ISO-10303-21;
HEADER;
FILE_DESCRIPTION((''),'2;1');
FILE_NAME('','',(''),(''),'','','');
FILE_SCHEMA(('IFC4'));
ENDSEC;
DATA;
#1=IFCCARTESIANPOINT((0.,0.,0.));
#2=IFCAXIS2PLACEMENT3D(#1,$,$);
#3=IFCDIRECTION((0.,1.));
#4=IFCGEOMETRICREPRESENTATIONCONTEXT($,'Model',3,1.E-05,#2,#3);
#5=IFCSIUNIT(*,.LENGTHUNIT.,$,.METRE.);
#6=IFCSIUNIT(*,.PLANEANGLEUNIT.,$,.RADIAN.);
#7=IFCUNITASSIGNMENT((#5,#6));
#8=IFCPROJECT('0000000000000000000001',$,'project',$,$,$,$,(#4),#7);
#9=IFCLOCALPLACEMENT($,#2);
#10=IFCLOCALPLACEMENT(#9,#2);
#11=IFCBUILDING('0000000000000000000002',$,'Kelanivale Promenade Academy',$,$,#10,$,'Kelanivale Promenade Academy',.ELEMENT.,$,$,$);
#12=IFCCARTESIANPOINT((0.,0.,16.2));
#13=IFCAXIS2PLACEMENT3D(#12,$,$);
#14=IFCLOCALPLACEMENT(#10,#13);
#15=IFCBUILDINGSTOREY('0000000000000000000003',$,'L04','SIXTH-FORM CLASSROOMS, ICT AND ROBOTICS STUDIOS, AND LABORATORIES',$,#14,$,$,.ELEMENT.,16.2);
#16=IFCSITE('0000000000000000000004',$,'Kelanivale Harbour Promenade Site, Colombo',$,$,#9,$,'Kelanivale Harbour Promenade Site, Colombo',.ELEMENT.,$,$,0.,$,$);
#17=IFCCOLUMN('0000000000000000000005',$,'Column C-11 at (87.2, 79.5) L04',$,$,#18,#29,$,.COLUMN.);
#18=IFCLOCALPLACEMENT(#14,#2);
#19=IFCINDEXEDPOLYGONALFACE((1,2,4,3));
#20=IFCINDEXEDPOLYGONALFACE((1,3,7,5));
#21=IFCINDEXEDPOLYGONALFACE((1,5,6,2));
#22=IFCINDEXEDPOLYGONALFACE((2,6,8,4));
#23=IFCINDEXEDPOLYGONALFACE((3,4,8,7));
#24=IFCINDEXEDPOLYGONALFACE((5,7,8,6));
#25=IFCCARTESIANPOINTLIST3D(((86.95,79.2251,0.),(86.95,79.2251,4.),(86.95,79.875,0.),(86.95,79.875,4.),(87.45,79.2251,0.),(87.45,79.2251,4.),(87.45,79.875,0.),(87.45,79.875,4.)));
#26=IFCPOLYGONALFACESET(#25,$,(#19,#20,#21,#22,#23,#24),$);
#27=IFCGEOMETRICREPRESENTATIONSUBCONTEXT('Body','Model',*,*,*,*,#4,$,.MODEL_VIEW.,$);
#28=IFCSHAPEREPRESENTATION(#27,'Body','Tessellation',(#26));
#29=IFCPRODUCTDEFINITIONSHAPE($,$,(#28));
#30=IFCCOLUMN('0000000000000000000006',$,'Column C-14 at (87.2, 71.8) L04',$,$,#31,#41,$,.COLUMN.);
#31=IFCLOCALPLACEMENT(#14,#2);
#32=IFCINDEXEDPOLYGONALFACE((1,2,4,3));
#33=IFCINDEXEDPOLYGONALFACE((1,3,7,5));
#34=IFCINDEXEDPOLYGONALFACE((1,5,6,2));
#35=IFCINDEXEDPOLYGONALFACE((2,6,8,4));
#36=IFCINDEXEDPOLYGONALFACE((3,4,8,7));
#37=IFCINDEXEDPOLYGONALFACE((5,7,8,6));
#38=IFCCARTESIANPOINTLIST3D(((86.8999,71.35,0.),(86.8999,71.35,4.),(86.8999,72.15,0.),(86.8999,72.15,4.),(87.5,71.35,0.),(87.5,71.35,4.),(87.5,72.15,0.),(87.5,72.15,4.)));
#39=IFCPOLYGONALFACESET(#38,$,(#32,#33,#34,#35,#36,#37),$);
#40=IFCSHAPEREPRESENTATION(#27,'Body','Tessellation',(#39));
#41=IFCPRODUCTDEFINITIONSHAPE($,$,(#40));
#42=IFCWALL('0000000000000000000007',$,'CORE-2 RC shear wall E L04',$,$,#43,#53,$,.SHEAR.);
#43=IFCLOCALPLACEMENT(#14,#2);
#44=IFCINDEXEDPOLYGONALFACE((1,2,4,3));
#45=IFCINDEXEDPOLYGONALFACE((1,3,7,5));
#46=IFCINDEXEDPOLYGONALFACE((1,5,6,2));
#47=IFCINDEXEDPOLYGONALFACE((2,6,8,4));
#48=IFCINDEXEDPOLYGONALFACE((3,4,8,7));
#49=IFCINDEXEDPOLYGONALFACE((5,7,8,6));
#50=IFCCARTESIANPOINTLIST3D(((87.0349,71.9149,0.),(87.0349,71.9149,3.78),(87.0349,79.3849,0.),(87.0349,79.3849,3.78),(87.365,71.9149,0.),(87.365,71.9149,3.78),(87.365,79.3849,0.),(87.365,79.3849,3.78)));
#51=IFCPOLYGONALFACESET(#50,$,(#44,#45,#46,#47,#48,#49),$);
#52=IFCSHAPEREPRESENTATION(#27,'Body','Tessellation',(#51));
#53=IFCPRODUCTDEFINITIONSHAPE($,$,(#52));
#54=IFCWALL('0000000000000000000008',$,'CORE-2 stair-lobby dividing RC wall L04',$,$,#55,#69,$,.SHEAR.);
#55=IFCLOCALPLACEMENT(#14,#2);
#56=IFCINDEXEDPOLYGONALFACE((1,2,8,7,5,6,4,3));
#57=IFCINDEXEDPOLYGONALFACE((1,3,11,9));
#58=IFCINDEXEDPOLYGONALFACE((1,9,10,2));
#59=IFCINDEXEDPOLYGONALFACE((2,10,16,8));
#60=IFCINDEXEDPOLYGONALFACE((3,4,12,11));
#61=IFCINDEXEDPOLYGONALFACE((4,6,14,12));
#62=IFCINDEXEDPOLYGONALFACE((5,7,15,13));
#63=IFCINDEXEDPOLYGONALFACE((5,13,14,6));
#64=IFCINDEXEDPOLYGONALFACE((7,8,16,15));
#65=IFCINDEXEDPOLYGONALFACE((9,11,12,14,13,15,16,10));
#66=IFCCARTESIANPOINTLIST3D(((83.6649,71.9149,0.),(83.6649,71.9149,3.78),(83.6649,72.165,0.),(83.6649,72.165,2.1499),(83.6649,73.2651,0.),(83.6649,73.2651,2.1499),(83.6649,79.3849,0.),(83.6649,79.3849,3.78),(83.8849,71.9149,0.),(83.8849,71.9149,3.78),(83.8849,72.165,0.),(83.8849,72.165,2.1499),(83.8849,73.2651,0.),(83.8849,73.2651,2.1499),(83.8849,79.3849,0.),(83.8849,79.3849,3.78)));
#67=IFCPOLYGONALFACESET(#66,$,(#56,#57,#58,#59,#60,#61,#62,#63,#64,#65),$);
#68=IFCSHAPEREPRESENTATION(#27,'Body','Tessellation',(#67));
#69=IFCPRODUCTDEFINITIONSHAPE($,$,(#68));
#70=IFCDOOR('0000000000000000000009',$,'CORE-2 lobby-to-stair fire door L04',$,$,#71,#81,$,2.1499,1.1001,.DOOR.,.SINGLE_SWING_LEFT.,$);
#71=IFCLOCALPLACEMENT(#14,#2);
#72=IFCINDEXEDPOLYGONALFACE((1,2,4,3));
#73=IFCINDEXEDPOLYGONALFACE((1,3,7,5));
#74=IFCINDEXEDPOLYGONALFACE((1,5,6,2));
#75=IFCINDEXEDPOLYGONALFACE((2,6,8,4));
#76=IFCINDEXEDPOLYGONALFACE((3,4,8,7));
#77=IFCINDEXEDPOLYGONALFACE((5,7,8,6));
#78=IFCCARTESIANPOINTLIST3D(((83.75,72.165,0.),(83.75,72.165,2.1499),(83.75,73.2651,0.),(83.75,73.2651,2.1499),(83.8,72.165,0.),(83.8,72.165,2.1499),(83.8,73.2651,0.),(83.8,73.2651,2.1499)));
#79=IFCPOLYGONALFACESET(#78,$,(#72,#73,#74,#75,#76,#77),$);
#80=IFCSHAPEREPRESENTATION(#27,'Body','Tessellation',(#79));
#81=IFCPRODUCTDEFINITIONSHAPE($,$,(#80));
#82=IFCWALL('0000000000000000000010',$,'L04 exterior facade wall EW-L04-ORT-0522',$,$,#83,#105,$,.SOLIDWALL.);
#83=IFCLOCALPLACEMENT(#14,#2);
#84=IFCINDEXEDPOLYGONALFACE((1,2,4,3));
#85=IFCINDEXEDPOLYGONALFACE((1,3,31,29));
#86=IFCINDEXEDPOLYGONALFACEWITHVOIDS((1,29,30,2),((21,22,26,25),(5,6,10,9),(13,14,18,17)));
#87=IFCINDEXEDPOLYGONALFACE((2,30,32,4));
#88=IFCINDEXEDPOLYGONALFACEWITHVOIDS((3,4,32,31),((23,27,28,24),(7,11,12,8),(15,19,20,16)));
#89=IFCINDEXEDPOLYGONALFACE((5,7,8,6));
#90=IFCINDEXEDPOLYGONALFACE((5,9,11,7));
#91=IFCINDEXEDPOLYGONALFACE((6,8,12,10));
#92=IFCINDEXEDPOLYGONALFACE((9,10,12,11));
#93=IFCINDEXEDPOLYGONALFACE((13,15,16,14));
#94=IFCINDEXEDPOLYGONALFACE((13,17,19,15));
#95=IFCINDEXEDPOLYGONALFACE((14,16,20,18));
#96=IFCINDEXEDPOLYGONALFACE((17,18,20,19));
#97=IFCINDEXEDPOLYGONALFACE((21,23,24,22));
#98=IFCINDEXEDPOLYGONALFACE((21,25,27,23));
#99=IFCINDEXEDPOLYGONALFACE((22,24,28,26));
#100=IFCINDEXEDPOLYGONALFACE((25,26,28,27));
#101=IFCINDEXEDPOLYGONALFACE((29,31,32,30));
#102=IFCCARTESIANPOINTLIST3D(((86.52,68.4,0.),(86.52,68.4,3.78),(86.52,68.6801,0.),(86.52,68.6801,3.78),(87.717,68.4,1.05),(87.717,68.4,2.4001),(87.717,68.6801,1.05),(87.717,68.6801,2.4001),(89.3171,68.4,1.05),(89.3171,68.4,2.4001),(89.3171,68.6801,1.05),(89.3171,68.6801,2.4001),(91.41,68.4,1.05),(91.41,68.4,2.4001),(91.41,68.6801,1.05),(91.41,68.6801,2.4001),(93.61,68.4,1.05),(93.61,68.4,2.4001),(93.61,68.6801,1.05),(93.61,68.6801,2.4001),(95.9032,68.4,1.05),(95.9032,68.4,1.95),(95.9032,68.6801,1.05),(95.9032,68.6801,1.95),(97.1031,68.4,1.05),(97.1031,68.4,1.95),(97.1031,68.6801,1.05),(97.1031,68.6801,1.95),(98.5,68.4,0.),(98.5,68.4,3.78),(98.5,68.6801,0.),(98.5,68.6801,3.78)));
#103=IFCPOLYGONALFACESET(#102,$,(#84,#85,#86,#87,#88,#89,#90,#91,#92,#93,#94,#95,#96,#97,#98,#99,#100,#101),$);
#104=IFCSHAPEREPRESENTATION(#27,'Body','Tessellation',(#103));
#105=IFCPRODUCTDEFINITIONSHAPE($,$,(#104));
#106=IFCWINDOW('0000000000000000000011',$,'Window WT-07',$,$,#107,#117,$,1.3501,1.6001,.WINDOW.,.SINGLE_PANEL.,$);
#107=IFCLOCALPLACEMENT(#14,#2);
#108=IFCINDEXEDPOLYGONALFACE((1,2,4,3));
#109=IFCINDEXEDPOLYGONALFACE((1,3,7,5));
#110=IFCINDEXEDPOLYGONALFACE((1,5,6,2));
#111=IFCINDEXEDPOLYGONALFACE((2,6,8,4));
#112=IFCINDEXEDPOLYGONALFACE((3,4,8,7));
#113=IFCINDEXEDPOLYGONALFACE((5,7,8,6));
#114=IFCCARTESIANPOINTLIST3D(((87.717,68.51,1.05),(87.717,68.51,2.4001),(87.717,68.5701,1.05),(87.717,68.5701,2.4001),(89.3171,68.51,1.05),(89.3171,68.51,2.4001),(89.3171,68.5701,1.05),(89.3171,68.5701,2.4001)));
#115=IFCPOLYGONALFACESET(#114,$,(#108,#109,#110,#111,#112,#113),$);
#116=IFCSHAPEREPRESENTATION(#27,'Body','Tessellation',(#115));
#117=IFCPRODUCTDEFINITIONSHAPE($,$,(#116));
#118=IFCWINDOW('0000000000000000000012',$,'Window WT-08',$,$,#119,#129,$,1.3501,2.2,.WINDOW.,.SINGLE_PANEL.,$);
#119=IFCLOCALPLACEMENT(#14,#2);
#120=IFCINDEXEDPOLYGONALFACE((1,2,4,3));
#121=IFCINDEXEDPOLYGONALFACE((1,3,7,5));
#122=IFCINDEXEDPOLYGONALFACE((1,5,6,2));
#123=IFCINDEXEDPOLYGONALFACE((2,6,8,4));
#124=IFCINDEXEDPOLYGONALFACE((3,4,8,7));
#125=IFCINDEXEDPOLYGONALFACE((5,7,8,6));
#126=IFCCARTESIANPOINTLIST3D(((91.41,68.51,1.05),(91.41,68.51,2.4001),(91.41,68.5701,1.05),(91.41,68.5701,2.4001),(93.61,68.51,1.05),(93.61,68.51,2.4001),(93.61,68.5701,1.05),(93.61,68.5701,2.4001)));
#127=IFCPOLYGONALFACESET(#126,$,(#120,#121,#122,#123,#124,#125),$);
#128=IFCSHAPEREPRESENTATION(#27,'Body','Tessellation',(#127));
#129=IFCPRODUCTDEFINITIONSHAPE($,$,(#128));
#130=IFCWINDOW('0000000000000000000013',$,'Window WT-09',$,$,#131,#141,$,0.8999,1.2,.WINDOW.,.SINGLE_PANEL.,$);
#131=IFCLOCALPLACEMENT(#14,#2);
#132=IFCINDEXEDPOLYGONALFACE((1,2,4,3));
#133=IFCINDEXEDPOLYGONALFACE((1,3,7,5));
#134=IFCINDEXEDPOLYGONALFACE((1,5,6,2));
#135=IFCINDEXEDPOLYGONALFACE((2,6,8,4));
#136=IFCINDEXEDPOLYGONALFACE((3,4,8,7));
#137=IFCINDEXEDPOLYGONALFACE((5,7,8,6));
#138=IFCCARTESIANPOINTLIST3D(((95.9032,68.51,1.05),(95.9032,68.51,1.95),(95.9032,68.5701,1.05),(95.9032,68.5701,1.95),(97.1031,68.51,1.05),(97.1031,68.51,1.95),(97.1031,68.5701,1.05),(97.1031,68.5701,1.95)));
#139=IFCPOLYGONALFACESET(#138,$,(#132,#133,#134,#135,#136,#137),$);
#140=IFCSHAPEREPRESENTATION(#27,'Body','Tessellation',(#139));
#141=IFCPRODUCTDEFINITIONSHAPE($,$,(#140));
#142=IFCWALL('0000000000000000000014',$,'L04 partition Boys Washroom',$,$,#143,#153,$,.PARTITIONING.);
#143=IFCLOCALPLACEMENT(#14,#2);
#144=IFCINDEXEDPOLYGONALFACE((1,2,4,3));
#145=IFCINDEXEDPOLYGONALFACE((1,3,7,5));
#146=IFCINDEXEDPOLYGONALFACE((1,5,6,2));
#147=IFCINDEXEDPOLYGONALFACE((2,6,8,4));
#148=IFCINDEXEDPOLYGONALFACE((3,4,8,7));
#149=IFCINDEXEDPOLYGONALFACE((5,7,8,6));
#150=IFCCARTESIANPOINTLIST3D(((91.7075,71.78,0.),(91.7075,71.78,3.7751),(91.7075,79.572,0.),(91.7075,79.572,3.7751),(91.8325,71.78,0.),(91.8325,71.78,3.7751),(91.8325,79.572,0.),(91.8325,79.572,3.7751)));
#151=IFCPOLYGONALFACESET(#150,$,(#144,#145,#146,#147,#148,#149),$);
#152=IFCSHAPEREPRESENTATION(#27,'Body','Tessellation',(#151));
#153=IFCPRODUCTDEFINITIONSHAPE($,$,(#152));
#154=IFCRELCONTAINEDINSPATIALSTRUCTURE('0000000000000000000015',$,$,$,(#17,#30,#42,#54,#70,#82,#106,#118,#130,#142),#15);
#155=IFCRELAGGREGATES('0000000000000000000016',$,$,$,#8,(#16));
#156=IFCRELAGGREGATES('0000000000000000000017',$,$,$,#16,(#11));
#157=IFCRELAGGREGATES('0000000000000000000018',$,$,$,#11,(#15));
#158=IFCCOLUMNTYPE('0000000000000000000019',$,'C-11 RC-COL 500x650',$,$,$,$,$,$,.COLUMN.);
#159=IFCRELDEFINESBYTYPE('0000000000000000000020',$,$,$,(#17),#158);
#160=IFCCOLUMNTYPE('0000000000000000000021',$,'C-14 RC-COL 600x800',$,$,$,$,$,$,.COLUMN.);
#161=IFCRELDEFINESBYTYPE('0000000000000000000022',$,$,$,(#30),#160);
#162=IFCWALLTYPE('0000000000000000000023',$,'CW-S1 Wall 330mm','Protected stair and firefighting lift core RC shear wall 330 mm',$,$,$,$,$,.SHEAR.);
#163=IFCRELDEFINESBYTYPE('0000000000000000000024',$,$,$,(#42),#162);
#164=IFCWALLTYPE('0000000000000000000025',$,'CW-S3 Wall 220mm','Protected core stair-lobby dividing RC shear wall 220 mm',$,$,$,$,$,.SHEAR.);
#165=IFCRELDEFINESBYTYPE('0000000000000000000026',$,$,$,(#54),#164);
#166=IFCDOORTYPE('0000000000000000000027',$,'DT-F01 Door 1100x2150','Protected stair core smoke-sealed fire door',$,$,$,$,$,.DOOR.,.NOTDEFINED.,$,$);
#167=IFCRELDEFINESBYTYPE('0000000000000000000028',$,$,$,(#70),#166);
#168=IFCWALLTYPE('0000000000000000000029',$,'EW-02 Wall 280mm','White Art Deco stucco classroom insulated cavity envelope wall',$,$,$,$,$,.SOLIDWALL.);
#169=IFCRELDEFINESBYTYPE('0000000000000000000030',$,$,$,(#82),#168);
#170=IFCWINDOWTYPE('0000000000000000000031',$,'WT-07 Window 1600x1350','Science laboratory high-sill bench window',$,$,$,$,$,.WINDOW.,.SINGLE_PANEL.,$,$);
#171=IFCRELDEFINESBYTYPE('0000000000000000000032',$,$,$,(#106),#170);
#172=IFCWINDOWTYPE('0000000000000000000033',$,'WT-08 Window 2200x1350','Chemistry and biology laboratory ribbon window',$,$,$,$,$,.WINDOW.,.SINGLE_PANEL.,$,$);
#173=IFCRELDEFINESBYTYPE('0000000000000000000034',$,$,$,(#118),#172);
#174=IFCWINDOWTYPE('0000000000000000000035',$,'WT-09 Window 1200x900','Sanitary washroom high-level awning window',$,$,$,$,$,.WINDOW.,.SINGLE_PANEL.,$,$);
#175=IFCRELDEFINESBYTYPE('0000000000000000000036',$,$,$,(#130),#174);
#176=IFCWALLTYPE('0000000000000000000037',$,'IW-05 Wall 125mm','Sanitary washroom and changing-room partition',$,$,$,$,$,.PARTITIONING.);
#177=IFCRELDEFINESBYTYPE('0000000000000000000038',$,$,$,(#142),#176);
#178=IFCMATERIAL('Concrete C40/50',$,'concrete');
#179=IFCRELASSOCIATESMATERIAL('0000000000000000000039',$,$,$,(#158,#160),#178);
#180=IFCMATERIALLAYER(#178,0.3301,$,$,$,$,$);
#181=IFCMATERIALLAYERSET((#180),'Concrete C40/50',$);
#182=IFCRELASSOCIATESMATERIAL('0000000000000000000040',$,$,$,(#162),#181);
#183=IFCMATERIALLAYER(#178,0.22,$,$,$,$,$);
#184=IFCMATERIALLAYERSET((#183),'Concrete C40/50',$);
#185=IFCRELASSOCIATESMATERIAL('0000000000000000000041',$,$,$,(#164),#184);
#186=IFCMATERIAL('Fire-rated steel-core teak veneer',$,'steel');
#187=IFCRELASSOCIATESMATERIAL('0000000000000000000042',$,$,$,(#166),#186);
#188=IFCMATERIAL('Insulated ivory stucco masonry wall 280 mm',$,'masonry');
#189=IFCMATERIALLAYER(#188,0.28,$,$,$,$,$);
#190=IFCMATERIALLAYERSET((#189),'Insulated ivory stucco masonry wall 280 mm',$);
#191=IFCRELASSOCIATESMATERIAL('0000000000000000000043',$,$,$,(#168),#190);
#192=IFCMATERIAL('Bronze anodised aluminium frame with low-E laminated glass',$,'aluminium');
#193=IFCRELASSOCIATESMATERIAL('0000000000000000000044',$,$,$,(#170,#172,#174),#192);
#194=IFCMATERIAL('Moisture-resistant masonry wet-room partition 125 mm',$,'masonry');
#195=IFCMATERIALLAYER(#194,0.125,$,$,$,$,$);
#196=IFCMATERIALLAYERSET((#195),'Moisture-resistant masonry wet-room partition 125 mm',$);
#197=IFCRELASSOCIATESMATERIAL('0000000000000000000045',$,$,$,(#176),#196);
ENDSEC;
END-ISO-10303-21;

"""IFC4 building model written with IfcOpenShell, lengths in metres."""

from ifc_helpers import new_model, si_unit, direction, frame, frame_2d, origin, origin_2d, place, context, subcontext, project, spatial, rectangle, extrude, material, layer, layer_set, material_profile, profile_set, type_object, element, fill, save


model = new_model("IFC4")

# Units and contexts
model_context = context("Model", 3, precision=1e-05, world=origin(), true_north=direction((0.0, 1.0)))
body_context = subcontext(model_context, "Body", "Model", "MODEL_VIEW")
ifc_project = project(units=[si_unit("LENGTHUNIT", "METRE"), si_unit("PLANEANGLEUNIT", "RADIAN")], contexts=[model_context])

# Site, building, storey
site_placement = place(None, origin())
site = spatial("IfcSite", under=ifc_project, at=site_placement, Name="Kelanivale Harbour Promenade Site, Colombo", LongName="Kelanivale Harbour Promenade Site, Colombo", CompositionType="ELEMENT", RefElevation=0.0)
building_placement = place(site_placement, origin())
building = spatial("IfcBuilding", under=site, at=building_placement, Name="Kelanivale Promenade Academy", LongName="Kelanivale Promenade Academy", CompositionType="ELEMENT")
storey_placement = place(building_placement, frame((0.0, 0.0, 16.2)))
storey = spatial("IfcBuildingStorey", under=building, at=storey_placement, Name="L04", Description="SIXTH-FORM CLASSROOMS, ICT AND ROBOTICS STUDIOS, AND LABORATORIES", CompositionType="ELEMENT", Elevation=16.2)

# Columns
ifc_material_1 = material(Name="Concrete C40/50", Category="concrete")
ifc_material_profile_1 = material_profile(ifc_material_1, rectangle(XDim=0.5, YDim=0.6499, at=origin_2d()), Name="RC-COL 500x650")
ifc_profile_set_1 = profile_set([ifc_material_profile_1], Name="Concrete C40/50")
column_type_1 = type_object("IfcColumnType", Name="C-11 RC-COL 500x650", PredefinedType="COLUMN", material=ifc_profile_set_1)
column_1_placement = place(storey_placement, frame((87.2, 79.55, 0.0), z_axis=(0.0, 0.0, 1.0), x_axis=(1.0, 0.0, 0.0)))
element("IfcColumn", 1, at=column_1_placement, inside=storey, type_object=column_type_1, Name="Column C-11 at (87.2, 79.5) L04", PredefinedType="COLUMN", context=body_context, shape_type="SweptSolid", body=[
    extrude(rectangle(XDim=0.5, YDim=0.6499, at=origin_2d()), origin(), (0.0, 0.0, 1.0), 4.0),
])
ifc_material_profile_2 = material_profile(ifc_material_1, rectangle(XDim=0.6001, YDim=0.8, at=origin_2d()), Name="RC-COL 600x800")
ifc_profile_set_2 = profile_set([ifc_material_profile_2], Name="Concrete C40/50")
column_type_2 = type_object("IfcColumnType", Name="C-14 RC-COL 600x800", PredefinedType="COLUMN", material=ifc_profile_set_2)
column_2_placement = place(storey_placement, frame((87.2, 71.75, 0.0), z_axis=(0.0, 0.0, 1.0), x_axis=(1.0, 0.0, 0.0)))
element("IfcColumn", 2, at=column_2_placement, inside=storey, type_object=column_type_2, Name="Column C-14 at (87.2, 71.8) L04", PredefinedType="COLUMN", context=body_context, shape_type="SweptSolid", body=[
    extrude(rectangle(XDim=0.6001, YDim=0.8, at=origin_2d()), origin(), (0.0, 0.0, 1.0), 4.0),
])

# Wall
ifc_layer_1 = layer(ifc_material_1, 0.3301)
ifc_layer_set_1 = layer_set([ifc_layer_1], Name="Concrete C40/50")
wall_type_1 = type_object("IfcWallType", Name="CW-S1 Wall 330mm", Description="Protected stair and firefighting lift core RC shear wall 330 mm", PredefinedType="SHEAR", material=ifc_layer_set_1)
wall_1_placement = place(storey_placement, frame((87.2, 71.915, 0.0), z_axis=(0.0, 0.0, 1.0), x_axis=(0.0, 1.0, 0.0)))
element("IfcWall", 3, at=wall_1_placement, inside=storey, type_object=wall_type_1, Name="CORE-2 RC shear wall E L04", PredefinedType="SHEAR", context=body_context, shape_type="SweptSolid", body=[
    extrude(rectangle(XDim=7.47, YDim=0.3301, at=frame_2d((3.7349, 0.0))), origin(), (0.0, 0.0, 1.0), 3.78),
])

# Wall, opening, door
ifc_material_2 = material(Name="Fire-rated steel-core teak veneer", Category="steel")
ifc_layer_2 = layer(ifc_material_1, 0.22)
ifc_layer_set_2 = layer_set([ifc_layer_2], Name="Concrete C40/50")
wall_type_2 = type_object("IfcWallType", Name="CW-S3 Wall 220mm", Description="Protected core stair-lobby dividing RC shear wall 220 mm", PredefinedType="SHEAR", material=ifc_layer_set_2)
wall_2_placement = place(storey_placement, frame((83.7749, 71.915, 0.0), z_axis=(0.0, 0.0, 1.0), x_axis=(0.0, 1.0, 0.0)))
wall_2 = element("IfcWall", 4, at=wall_2_placement, inside=storey, type_object=wall_type_2, Name="CORE-2 stair-lobby dividing RC wall L04", PredefinedType="SHEAR", context=body_context, shape_type="SweptSolid", body=[
    extrude(rectangle(XDim=7.47, YDim=0.22, at=frame_2d((3.7349, 0.0))), origin(), (0.0, 0.0, 1.0), 3.78),
])
opening_1_placement = place(wall_2_placement, frame((0.25, 0.0, 0.0)))
opening_1 = element("IfcOpeningElement", 5, at=opening_1_placement, cuts=wall_2, PredefinedType="OPENING", context=body_context, shape_type="SweptSolid", body=[
    extrude(rectangle(XDim=1.1001, YDim=2.1499, at=frame_2d((0.55, 1.075))), frame((0.0, 0.1201, 0.0), z_axis=(0.0, -1.0, 0.0), x_axis=(1.0, 0.0, 0.0)), (0.0, 0.0, 1.0), 0.24),
])
door_type_1 = type_object("IfcDoorType", Name="DT-F01 Door 1100x2150", Description="Protected stair core smoke-sealed fire door", OperationType="NOTDEFINED", PredefinedType="DOOR", material=ifc_material_2)
door_1_placement = place(opening_1_placement, origin())
door_1 = element("IfcDoor", 6, at=door_1_placement, inside=storey, type_object=door_type_1, Name="CORE-2 lobby-to-stair fire door L04", OperationType="SINGLE_SWING_LEFT", OverallHeight=2.1499, OverallWidth=1.1001, PredefinedType="DOOR", context=body_context, shape_type="SweptSolid", body=[
    extrude(rectangle(XDim=1.1001, YDim=2.1499, at=frame_2d((0.55, 1.075))), frame((0.0, 0.0249, 0.0), z_axis=(0.0, -1.0, 0.0), x_axis=(1.0, 0.0, 0.0)), (0.0, 0.0, 1.0), 0.05),
])
fill(opening_1, door_1)

# Wall, openings, windows
ifc_material_3 = material(Name="Insulated ivory stucco masonry wall 280 mm", Category="masonry")
ifc_layer_3 = layer(ifc_material_3, 0.28)
ifc_layer_set_3 = layer_set([ifc_layer_3], Name="Insulated ivory stucco masonry wall 280 mm")
wall_type_3 = type_object("IfcWallType", Name="EW-02 Wall 280mm", Description="White Art Deco stucco classroom insulated cavity envelope wall", PredefinedType="SOLIDWALL", material=ifc_layer_set_3)
wall_3_placement = place(storey_placement, frame((86.52, 68.54, 0.0), z_axis=(0.0, 0.0, 1.0), x_axis=(1.0, 0.0, 0.0)))
wall_3 = element("IfcWall", 7, at=wall_3_placement, inside=storey, type_object=wall_type_3, Name="L04 exterior facade wall EW-L04-ORT-0522", PredefinedType="SOLIDWALL", context=body_context, shape_type="SweptSolid", body=[
    extrude(rectangle(XDim=11.98, YDim=0.28, at=frame_2d((5.99, 0.0))), origin(), (0.0, 0.0, 1.0), 3.78),
])
opening_2_placement = place(wall_3_placement, frame((1.197, 0.0, 1.05)))
opening_2 = element("IfcOpeningElement", 8, at=opening_2_placement, cuts=wall_3, PredefinedType="OPENING", context=body_context, shape_type="SweptSolid", body=[
    extrude(rectangle(XDim=1.6001, YDim=1.3501, at=frame_2d((0.8, 0.675))), frame((0.0, 0.1499, 0.0), z_axis=(0.0, -1.0, 0.0), x_axis=(1.0, 0.0, 0.0)), (0.0, 0.0, 1.0), 0.3),
])
opening_3_placement = place(wall_3_placement, frame((4.8899, 0.0, 1.05)))
opening_3 = element("IfcOpeningElement", 9, at=opening_3_placement, cuts=wall_3, PredefinedType="OPENING", context=body_context, shape_type="SweptSolid", body=[
    extrude(rectangle(XDim=2.2, YDim=1.3501, at=frame_2d((1.1001, 0.675))), frame((0.0, 0.1499, 0.0), z_axis=(0.0, -1.0, 0.0), x_axis=(1.0, 0.0, 0.0)), (0.0, 0.0, 1.0), 0.3),
])
opening_4_placement = place(wall_3_placement, frame((9.3831, 0.0, 1.05)))
opening_4 = element("IfcOpeningElement", 10, at=opening_4_placement, cuts=wall_3, PredefinedType="OPENING", context=body_context, shape_type="SweptSolid", body=[
    extrude(rectangle(XDim=1.2, YDim=0.8999, at=frame_2d((0.6001, 0.45))), frame((0.0, 0.1499, 0.0), z_axis=(0.0, -1.0, 0.0), x_axis=(1.0, 0.0, 0.0)), (0.0, 0.0, 1.0), 0.3),
])
ifc_material_4 = material(Name="Bronze anodised aluminium frame with low-E laminated glass", Category="aluminium")
window_type_1 = type_object("IfcWindowType", Name="WT-07 Window 1600x1350", Description="Science laboratory high-sill bench window", PartitioningType="SINGLE_PANEL", PredefinedType="WINDOW", material=ifc_material_4)
window_1_placement = place(opening_2_placement, origin())
window_1 = element("IfcWindow", 11, at=window_1_placement, inside=storey, type_object=window_type_1, Name="Window WT-07", OverallHeight=1.3501, OverallWidth=1.6001, PartitioningType="SINGLE_PANEL", PredefinedType="WINDOW", context=body_context, shape_type="SweptSolid", body=[
    extrude(rectangle(XDim=1.6001, YDim=1.3501, at=frame_2d((0.8, 0.675))), frame((0.0, 0.03, 0.0), z_axis=(0.0, -1.0, 0.0), x_axis=(1.0, 0.0, 0.0)), (0.0, 0.0, 1.0), 0.0601),
])
fill(opening_2, window_1)
window_type_2 = type_object("IfcWindowType", Name="WT-08 Window 2200x1350", Description="Chemistry and biology laboratory ribbon window", PartitioningType="SINGLE_PANEL", PredefinedType="WINDOW", material=ifc_material_4)
window_2_placement = place(opening_3_placement, origin())
window_2 = element("IfcWindow", 12, at=window_2_placement, inside=storey, type_object=window_type_2, Name="Window WT-08", OverallHeight=1.3501, OverallWidth=2.2, PartitioningType="SINGLE_PANEL", PredefinedType="WINDOW", context=body_context, shape_type="SweptSolid", body=[
    extrude(rectangle(XDim=2.2, YDim=1.3501, at=frame_2d((1.1001, 0.675))), frame((0.0, 0.03, 0.0), z_axis=(0.0, -1.0, 0.0), x_axis=(1.0, 0.0, 0.0)), (0.0, 0.0, 1.0), 0.0601),
])
fill(opening_3, window_2)
window_type_3 = type_object("IfcWindowType", Name="WT-09 Window 1200x900", Description="Sanitary washroom high-level awning window", PartitioningType="SINGLE_PANEL", PredefinedType="WINDOW", material=ifc_material_4)
window_3_placement = place(opening_4_placement, origin())
window_3 = element("IfcWindow", 13, at=window_3_placement, inside=storey, type_object=window_type_3, Name="Window WT-09", OverallHeight=0.8999, OverallWidth=1.2, PartitioningType="SINGLE_PANEL", PredefinedType="WINDOW", context=body_context, shape_type="SweptSolid", body=[
    extrude(rectangle(XDim=1.2, YDim=0.8999, at=frame_2d((0.6001, 0.45))), frame((0.0, 0.03, 0.0), z_axis=(0.0, -1.0, 0.0), x_axis=(1.0, 0.0, 0.0)), (0.0, 0.0, 1.0), 0.0601),
])
fill(opening_4, window_3)

# Wall
ifc_material_5 = material(Name="Moisture-resistant masonry wet-room partition 125 mm", Category="masonry")
ifc_layer_4 = layer(ifc_material_5, 0.125)
ifc_layer_set_4 = layer_set([ifc_layer_4], Name="Moisture-resistant masonry wet-room partition 125 mm")
wall_type_4 = type_object("IfcWallType", Name="IW-05 Wall 125mm", Description="Sanitary washroom and changing-room partition", PredefinedType="PARTITIONING", material=ifc_layer_set_4)
wall_4_placement = place(storey_placement, frame((91.77, 71.78, 0.0), z_axis=(0.0, 0.0, 1.0), x_axis=(0.0, 1.0, 0.0)))
element("IfcWall", 14, at=wall_4_placement, inside=storey, type_object=wall_type_4, Name="L04 partition Boys Washroom", PredefinedType="PARTITIONING", context=body_context, shape_type="SweptSolid", body=[
    extrude(rectangle(XDim=7.792, YDim=0.125, at=frame_2d((3.896, 0.0))), origin(), (0.0, 0.0, 1.0), 3.7751),
])

save(model, "model.ifc")
